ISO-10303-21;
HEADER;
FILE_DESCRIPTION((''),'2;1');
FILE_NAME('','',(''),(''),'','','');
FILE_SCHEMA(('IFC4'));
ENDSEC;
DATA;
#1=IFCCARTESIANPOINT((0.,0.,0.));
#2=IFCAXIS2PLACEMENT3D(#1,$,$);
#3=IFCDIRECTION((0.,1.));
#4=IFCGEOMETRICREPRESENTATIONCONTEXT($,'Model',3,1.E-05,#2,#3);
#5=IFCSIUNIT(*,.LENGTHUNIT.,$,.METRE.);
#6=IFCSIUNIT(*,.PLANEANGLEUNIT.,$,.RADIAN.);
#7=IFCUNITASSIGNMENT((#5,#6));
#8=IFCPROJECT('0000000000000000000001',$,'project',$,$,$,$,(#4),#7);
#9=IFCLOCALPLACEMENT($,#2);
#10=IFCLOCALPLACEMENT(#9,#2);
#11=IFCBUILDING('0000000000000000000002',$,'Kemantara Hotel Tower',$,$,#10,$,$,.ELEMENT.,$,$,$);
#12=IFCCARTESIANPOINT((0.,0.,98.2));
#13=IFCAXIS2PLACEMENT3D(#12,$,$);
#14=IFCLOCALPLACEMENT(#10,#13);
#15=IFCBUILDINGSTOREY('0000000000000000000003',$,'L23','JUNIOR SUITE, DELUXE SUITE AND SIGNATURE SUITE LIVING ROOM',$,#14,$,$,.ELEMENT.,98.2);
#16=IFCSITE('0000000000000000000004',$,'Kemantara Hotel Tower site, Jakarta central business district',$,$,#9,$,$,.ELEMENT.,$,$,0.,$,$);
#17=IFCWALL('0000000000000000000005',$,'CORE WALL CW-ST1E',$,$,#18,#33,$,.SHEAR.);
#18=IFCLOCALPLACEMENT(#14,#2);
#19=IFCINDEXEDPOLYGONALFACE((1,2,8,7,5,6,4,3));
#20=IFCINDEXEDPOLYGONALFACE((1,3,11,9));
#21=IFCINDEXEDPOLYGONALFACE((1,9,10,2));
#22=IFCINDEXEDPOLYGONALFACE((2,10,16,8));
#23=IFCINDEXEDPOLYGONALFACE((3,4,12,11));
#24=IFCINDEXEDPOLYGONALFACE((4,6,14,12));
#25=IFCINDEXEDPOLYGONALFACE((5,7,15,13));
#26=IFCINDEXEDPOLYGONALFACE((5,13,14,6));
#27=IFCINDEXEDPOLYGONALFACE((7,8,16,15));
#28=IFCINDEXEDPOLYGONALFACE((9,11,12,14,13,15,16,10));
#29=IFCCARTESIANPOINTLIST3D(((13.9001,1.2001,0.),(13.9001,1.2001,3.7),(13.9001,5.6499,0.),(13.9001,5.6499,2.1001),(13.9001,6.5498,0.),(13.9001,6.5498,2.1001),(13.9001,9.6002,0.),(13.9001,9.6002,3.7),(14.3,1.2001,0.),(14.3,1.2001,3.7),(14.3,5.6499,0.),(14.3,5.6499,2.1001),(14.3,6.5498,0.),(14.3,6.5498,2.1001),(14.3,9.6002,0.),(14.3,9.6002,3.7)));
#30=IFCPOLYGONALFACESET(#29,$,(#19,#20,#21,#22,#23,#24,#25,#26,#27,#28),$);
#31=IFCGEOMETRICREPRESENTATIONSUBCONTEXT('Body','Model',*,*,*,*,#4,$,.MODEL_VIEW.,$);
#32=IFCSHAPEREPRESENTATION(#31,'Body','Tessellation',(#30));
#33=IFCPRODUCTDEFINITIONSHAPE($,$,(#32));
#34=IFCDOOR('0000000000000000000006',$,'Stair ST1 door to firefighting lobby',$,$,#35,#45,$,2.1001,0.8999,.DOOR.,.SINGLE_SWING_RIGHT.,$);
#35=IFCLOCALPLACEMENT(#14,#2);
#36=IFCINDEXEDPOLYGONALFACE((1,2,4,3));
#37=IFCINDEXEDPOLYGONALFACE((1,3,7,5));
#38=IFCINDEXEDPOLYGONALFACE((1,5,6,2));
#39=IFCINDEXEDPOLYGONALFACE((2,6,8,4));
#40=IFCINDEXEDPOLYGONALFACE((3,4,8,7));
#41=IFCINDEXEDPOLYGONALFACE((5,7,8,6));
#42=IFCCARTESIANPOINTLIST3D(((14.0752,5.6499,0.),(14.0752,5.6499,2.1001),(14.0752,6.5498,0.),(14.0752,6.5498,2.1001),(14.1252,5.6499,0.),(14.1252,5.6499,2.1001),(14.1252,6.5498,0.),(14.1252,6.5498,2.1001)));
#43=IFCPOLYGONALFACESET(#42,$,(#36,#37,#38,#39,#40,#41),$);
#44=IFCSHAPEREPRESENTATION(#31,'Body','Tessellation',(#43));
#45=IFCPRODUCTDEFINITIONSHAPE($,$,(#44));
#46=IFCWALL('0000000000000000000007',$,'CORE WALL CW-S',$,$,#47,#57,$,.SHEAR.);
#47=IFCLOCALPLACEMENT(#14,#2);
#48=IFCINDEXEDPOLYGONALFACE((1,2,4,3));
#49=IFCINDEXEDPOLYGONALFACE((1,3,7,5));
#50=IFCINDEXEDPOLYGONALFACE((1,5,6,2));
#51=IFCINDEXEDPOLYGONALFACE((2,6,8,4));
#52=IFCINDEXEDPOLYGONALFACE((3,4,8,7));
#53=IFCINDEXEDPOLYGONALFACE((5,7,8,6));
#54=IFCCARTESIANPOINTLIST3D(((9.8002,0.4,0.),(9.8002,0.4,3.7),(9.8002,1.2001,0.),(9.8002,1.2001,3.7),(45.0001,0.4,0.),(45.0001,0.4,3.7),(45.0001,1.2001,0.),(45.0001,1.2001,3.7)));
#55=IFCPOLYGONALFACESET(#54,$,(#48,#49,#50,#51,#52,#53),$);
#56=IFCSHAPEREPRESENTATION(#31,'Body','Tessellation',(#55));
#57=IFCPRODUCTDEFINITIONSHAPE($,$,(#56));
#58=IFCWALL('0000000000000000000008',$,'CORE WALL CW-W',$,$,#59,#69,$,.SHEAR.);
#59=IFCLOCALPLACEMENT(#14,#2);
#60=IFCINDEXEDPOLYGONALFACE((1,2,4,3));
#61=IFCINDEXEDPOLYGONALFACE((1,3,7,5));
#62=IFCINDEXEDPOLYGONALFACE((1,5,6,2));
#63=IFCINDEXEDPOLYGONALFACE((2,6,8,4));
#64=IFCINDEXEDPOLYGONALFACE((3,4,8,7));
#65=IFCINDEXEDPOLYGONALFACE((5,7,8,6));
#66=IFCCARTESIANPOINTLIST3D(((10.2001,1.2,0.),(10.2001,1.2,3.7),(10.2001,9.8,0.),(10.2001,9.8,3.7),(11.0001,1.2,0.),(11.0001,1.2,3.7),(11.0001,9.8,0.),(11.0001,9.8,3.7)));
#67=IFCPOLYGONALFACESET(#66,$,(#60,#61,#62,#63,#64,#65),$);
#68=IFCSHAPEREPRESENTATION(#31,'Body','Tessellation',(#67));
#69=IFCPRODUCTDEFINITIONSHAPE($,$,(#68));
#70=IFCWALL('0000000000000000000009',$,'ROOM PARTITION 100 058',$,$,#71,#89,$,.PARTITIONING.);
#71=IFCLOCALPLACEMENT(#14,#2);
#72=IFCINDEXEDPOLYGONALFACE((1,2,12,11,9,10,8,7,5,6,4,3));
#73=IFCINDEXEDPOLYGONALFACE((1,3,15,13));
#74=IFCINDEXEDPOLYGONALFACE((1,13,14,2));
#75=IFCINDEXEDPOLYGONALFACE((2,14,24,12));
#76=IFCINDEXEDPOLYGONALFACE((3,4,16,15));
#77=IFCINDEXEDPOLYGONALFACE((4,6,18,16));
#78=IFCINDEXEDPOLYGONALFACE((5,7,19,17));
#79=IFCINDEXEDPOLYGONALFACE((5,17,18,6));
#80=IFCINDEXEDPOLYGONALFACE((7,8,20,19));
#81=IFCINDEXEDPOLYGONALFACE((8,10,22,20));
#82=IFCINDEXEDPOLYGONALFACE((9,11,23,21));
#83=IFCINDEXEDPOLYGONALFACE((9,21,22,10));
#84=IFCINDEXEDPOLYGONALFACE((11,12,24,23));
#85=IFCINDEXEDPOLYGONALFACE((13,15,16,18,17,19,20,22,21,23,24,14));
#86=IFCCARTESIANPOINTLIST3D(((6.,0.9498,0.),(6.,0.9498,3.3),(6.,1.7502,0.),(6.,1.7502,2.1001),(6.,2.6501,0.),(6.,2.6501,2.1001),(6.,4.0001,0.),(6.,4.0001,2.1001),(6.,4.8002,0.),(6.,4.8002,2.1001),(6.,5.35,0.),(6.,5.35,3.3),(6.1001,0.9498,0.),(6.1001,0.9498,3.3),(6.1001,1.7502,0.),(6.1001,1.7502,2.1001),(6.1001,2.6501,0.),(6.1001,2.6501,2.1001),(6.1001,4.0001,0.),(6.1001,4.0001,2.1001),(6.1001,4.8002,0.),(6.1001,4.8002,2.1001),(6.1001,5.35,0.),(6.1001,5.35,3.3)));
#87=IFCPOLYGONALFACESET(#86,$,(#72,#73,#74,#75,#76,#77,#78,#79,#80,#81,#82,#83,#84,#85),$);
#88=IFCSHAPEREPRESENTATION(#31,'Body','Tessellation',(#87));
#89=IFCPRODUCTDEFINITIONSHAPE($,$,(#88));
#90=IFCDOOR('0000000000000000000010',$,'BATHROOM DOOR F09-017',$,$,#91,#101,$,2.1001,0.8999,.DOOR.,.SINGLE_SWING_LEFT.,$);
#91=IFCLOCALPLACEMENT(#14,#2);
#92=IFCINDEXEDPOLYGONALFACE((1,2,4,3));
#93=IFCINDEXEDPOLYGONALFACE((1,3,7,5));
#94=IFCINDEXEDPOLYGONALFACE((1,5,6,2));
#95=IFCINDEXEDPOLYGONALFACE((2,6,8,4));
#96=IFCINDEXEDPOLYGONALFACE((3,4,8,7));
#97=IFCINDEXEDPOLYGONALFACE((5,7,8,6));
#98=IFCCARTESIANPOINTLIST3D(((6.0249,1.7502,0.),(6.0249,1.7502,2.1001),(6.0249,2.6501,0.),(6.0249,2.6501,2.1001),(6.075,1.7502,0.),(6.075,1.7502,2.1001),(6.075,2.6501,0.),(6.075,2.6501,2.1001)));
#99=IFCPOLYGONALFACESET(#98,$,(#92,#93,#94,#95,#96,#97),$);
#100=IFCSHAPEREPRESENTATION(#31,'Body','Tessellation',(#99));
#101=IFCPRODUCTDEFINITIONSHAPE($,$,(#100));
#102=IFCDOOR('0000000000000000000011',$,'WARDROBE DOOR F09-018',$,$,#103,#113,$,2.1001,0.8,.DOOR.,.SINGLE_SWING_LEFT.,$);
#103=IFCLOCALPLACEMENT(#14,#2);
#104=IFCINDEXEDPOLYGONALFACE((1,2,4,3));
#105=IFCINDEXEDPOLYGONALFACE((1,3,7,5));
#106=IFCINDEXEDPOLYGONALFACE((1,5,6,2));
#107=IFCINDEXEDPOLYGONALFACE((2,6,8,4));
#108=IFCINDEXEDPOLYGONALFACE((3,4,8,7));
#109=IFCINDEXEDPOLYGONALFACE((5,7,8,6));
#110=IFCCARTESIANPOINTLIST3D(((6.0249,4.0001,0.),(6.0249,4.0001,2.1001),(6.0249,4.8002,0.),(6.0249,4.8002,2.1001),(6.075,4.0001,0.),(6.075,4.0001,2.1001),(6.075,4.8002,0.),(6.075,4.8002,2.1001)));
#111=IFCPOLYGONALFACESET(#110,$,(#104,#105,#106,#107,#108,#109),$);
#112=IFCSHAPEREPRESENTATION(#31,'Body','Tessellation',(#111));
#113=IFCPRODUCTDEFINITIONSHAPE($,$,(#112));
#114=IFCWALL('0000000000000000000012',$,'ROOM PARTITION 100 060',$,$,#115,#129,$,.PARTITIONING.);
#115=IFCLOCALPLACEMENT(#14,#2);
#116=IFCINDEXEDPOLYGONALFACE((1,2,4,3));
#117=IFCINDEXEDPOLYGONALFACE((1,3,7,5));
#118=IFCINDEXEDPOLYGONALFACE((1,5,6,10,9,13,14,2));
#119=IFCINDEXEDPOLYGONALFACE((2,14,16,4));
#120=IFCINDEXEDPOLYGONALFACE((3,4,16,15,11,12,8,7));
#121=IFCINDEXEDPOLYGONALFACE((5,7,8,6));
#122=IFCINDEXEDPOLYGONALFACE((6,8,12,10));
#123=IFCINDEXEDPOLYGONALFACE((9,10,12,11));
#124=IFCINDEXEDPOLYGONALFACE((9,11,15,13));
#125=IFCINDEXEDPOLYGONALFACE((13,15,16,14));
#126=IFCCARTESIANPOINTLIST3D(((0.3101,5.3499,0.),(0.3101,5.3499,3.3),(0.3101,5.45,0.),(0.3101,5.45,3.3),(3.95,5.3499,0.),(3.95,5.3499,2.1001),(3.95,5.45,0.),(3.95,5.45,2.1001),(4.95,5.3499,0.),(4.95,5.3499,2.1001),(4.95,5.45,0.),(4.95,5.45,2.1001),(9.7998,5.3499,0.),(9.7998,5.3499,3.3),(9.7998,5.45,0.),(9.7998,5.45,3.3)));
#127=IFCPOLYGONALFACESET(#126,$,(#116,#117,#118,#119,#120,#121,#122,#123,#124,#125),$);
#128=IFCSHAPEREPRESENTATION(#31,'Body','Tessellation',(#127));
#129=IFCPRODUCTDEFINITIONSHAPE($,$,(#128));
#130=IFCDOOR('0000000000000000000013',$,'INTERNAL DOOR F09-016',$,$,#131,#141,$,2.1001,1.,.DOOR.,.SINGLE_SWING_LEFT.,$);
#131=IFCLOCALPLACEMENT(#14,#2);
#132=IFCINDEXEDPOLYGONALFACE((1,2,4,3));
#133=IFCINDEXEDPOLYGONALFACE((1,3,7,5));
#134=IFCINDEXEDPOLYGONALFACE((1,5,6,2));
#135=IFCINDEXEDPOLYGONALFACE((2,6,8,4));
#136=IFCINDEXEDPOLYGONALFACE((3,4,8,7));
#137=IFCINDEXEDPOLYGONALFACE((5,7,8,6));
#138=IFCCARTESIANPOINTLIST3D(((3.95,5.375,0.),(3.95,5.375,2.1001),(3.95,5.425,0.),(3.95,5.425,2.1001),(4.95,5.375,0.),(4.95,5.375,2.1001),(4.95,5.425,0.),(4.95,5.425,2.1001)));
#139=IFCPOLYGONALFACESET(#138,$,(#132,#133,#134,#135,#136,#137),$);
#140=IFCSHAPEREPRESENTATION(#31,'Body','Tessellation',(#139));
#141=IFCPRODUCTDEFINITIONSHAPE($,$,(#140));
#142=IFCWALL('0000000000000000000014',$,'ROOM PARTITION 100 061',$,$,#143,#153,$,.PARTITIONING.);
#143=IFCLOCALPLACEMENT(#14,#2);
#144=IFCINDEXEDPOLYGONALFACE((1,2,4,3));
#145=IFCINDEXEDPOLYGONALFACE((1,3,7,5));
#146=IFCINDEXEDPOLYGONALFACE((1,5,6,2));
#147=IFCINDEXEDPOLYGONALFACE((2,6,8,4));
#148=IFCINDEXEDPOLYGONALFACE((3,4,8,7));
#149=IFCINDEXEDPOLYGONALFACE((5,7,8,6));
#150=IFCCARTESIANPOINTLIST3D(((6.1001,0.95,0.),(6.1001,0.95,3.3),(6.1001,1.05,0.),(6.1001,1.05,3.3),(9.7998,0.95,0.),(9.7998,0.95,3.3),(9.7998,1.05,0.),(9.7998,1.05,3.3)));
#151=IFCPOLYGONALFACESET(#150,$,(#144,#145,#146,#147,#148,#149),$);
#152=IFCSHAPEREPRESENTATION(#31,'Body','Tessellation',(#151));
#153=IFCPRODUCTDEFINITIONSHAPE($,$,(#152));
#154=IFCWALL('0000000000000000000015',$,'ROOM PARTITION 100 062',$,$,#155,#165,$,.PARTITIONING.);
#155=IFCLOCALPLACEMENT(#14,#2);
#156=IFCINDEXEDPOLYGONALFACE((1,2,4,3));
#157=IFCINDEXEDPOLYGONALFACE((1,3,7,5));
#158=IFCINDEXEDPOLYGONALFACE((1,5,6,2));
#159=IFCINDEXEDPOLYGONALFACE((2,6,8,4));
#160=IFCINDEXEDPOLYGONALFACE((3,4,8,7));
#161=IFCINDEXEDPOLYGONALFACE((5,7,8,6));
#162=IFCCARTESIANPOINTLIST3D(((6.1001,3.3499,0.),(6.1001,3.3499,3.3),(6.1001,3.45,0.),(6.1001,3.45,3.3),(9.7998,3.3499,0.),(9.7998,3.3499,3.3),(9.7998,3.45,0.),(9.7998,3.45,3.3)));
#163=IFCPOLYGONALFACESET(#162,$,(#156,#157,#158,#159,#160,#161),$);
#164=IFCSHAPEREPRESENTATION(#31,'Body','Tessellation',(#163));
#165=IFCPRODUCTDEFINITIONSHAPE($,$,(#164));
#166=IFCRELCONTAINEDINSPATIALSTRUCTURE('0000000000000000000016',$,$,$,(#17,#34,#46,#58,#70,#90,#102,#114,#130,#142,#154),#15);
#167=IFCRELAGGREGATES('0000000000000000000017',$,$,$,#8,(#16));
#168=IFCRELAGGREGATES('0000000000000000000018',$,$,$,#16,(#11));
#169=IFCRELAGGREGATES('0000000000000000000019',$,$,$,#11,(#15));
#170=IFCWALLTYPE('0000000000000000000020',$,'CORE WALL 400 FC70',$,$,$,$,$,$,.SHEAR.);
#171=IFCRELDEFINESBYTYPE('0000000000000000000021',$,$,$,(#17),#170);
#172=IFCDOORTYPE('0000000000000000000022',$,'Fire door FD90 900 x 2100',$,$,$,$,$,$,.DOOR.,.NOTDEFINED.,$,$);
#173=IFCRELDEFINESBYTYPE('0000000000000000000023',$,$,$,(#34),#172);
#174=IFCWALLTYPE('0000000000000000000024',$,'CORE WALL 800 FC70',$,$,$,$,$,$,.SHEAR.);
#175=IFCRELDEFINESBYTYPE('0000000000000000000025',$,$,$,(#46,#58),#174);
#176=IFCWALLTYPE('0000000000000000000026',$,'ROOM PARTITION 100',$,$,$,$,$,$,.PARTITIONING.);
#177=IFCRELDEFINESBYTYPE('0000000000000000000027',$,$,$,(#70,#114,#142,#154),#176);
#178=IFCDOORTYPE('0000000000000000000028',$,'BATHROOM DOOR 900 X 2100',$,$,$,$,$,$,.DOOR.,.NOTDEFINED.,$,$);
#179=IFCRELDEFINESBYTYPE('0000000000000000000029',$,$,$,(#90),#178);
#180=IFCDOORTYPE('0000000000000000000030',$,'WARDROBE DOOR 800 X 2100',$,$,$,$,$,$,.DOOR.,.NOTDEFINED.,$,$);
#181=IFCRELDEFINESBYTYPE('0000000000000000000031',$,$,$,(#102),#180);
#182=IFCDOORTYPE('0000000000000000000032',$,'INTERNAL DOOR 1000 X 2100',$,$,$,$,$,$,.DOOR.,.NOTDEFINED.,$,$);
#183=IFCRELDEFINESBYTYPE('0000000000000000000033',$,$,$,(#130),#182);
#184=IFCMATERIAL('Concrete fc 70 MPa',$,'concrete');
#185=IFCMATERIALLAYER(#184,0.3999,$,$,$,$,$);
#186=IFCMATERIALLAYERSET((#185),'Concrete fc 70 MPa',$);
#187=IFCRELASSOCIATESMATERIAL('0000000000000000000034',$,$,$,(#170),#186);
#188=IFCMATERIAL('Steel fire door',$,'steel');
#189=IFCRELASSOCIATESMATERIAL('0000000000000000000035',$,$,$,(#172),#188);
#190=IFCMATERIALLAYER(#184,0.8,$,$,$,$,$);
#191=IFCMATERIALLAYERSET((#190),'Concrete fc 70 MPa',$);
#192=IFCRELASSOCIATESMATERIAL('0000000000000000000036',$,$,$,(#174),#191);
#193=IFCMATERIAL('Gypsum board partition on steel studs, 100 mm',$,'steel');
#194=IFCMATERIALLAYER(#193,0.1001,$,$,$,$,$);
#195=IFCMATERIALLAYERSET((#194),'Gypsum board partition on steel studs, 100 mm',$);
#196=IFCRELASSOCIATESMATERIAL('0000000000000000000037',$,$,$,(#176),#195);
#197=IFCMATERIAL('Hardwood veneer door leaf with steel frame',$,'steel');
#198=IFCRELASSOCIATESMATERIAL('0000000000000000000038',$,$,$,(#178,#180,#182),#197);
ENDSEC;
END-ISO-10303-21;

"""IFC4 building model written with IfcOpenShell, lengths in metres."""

from ifc_helpers import new_model, si_unit, direction, frame, frame_2d, origin, place, context, subcontext, project, spatial, rectangle, extrude, material, layer, layer_set, type_object, element, fill, save


model = new_model("IFC4")

# Units and contexts
model_context = context("Model", 3, precision=1e-05, world=origin(), true_north=direction((0.0, 1.0)))
body_context = subcontext(model_context, "Body", "Model", "MODEL_VIEW")
ifc_project = project(units=[si_unit("LENGTHUNIT", "METRE"), si_unit("PLANEANGLEUNIT", "RADIAN")], contexts=[model_context])

# Site, building, storey
site_placement = place(None, origin())
site = spatial("IfcSite", under=ifc_project, at=site_placement, Name="Kemantara Hotel Tower site, Jakarta central business district", CompositionType="ELEMENT", RefElevation=0.0)
building_placement = place(site_placement, origin())
building = spatial("IfcBuilding", under=site, at=building_placement, Name="Kemantara Hotel Tower", CompositionType="ELEMENT")
storey_placement = place(building_placement, frame((0.0, 0.0, 98.2)))
storey = spatial("IfcBuildingStorey", under=building, at=storey_placement, Name="L23", Description="JUNIOR SUITE, DELUXE SUITE AND SIGNATURE SUITE LIVING ROOM", CompositionType="ELEMENT", Elevation=98.2)

# Shared definitions
ifc_material_1 = material(Name="Concrete fc 70 MPa", Category="concrete")
ifc_layer_1 = layer(ifc_material_1, 0.3999)
ifc_layer_set_1 = layer_set([ifc_layer_1], Name="Concrete fc 70 MPa")
wall_type_1 = type_object("IfcWallType", Name="CORE WALL 400 FC70", PredefinedType="SHEAR", material=ifc_layer_set_1)

# Wall, opening, door
wall_1_placement = place(storey_placement, frame((14.1001, 1.2, 0.0), z_axis=(0.0, 0.0, 1.0), x_axis=(0.0, 1.0, 0.0)))
wall_1 = element("IfcWall", 1, at=wall_1_placement, inside=storey, type_object=wall_type_1, Name="CORE WALL CW-ST1E", PredefinedType="SHEAR", context=body_context, shape_type="SweptSolid", body=[
    extrude(rectangle(XDim=8.4001, YDim=0.3999, at=frame_2d((4.2002, 0.0))), origin(), (0.0, 0.0, 1.0), 3.7),
])
opening_1_placement = place(wall_1_placement, frame((4.45, 0.0, 0.0)))
opening_1 = element("IfcOpeningElement", 2, at=opening_1_placement, cuts=wall_1, PredefinedType="OPENING", context=body_context, shape_type="SweptSolid", body=[
    extrude(rectangle(XDim=0.8999, YDim=2.1001, at=frame_2d((0.45, 1.05))), frame((0.0, 0.21, 0.0), z_axis=(0.0, -1.0, 0.0), x_axis=(1.0, 0.0, 0.0)), (0.0, 0.0, 1.0), 0.4199),
])
ifc_material_2 = material(Name="Steel fire door", Category="steel")
door_type_1 = type_object("IfcDoorType", Name="Fire door FD90 900 x 2100", OperationType="NOTDEFINED", PredefinedType="DOOR", material=ifc_material_2)
door_1_placement = place(opening_1_placement, origin())
door_1 = element("IfcDoor", 3, at=door_1_placement, inside=storey, type_object=door_type_1, Name="Stair ST1 door to firefighting lobby", OperationType="SINGLE_SWING_RIGHT", OverallHeight=2.1001, OverallWidth=0.8999, PredefinedType="DOOR", context=body_context, shape_type="SweptSolid", body=[
    extrude(rectangle(XDim=0.8999, YDim=2.1001, at=frame_2d((0.45, 1.05))), frame((0.0, 0.0249, 0.0), z_axis=(0.0, -1.0, 0.0), x_axis=(1.0, 0.0, 0.0)), (0.0, 0.0, 1.0), 0.05),
])
fill(opening_1, door_1)

# Walls
ifc_layer_2 = layer(ifc_material_1, 0.8)
ifc_layer_set_2 = layer_set([ifc_layer_2], Name="Concrete fc 70 MPa")
wall_type_2 = type_object("IfcWallType", Name="CORE WALL 800 FC70", PredefinedType="SHEAR", material=ifc_layer_set_2)
wall_2_placement = place(storey_placement, frame((9.8, 0.8, 0.0), z_axis=(0.0, 0.0, 1.0), x_axis=(1.0, 0.0, 0.0)))
element("IfcWall", 4, at=wall_2_placement, inside=storey, type_object=wall_type_2, Name="CORE WALL CW-S", PredefinedType="SHEAR", context=body_context, shape_type="SweptSolid", body=[
    extrude(rectangle(XDim=35.2, YDim=0.8, at=frame_2d((17.6001, 0.0))), origin(), (0.0, 0.0, 1.0), 3.7),
])
wall_3_placement = place(storey_placement, frame((10.6001, 1.2, 0.0), z_axis=(0.0, 0.0, 1.0), x_axis=(0.0, 1.0, 0.0)))
element("IfcWall", 5, at=wall_3_placement, inside=storey, type_object=wall_type_2, Name="CORE WALL CW-W", PredefinedType="SHEAR", context=body_context, shape_type="SweptSolid", body=[
    extrude(rectangle(XDim=8.6001, YDim=0.8, at=frame_2d((4.3, 0.0))), origin(), (0.0, 0.0, 1.0), 3.7),
])

# Wall, openings, doors
ifc_material_3 = material(Name="Gypsum board partition on steel studs, 100 mm", Category="steel")
ifc_layer_3 = layer(ifc_material_3, 0.1001)
ifc_layer_set_3 = layer_set([ifc_layer_3], Name="Gypsum board partition on steel studs, 100 mm")
wall_type_3 = type_object("IfcWallType", Name="ROOM PARTITION 100", PredefinedType="PARTITIONING", material=ifc_layer_set_3)
wall_4_placement = place(storey_placement, frame((6.05, 5.3501, 0.0), z_axis=(0.0, 0.0, 1.0), x_axis=(0.0, -1.0, 0.0)))
wall_4 = element("IfcWall", 6, at=wall_4_placement, inside=storey, type_object=wall_type_3, Name="ROOM PARTITION 100 058", PredefinedType="PARTITIONING", context=body_context, shape_type="SweptSolid", body=[
    extrude(rectangle(XDim=4.4001, YDim=0.1001, at=frame_2d((2.2002, 0.0))), origin(), (0.0, 0.0, 1.0), 3.3),
])
opening_2_placement = place(wall_4_placement, frame((2.7, 0.0, 0.0)))
opening_2 = element("IfcOpeningElement", 7, at=opening_2_placement, cuts=wall_4, PredefinedType="OPENING", context=body_context, shape_type="SweptSolid", body=[
    extrude(rectangle(XDim=0.8999, YDim=2.1001, at=frame_2d((0.45, 1.05))), frame((0.0, 0.0601, 0.0), z_axis=(0.0, -1.0, 0.0), x_axis=(1.0, 0.0, 0.0)), (0.0, 0.0, 1.0), 0.1201),
])
opening_3_placement = place(wall_4_placement, frame((0.55, 0.0, 0.0)))
opening_3 = element("IfcOpeningElement", 8, at=opening_3_placement, cuts=wall_4, PredefinedType="OPENING", context=body_context, shape_type="SweptSolid", body=[
    extrude(rectangle(XDim=0.8, YDim=2.1001, at=frame_2d((0.3999, 1.05))), frame((0.0, 0.0601, 0.0), z_axis=(0.0, -1.0, 0.0), x_axis=(1.0, 0.0, 0.0)), (0.0, 0.0, 1.0), 0.1201),
])
ifc_material_4 = material(Name="Hardwood veneer door leaf with steel frame", Category="steel")
door_type_2 = type_object("IfcDoorType", Name="BATHROOM DOOR 900 X 2100", OperationType="NOTDEFINED", PredefinedType="DOOR", material=ifc_material_4)
door_2_placement = place(opening_2_placement, origin())
door_2 = element("IfcDoor", 9, at=door_2_placement, inside=storey, type_object=door_type_2, Name="BATHROOM DOOR F09-017", OperationType="SINGLE_SWING_LEFT", OverallHeight=2.1001, OverallWidth=0.8999, PredefinedType="DOOR", context=body_context, shape_type="SweptSolid", body=[
    extrude(rectangle(XDim=0.8999, YDim=2.1001, at=frame_2d((0.45, 1.05))), frame((0.0, 0.0249, 0.0), z_axis=(0.0, -1.0, 0.0), x_axis=(1.0, 0.0, 0.0)), (0.0, 0.0, 1.0), 0.05),
])
fill(opening_2, door_2)
door_type_3 = type_object("IfcDoorType", Name="WARDROBE DOOR 800 X 2100", OperationType="NOTDEFINED", PredefinedType="DOOR", material=ifc_material_4)
door_3_placement = place(opening_3_placement, origin())
door_3 = element("IfcDoor", 10, at=door_3_placement, inside=storey, type_object=door_type_3, Name="WARDROBE DOOR F09-018", OperationType="SINGLE_SWING_LEFT", OverallHeight=2.1001, OverallWidth=0.8, PredefinedType="DOOR", context=body_context, shape_type="SweptSolid", body=[
    extrude(rectangle(XDim=0.8, YDim=2.1001, at=frame_2d((0.3999, 1.05))), frame((0.0, 0.0249, 0.0), z_axis=(0.0, -1.0, 0.0), x_axis=(1.0, 0.0, 0.0)), (0.0, 0.0, 1.0), 0.05),
])
fill(opening_3, door_3)

# Wall, opening, door
wall_5_placement = place(storey_placement, frame((9.7998, 5.3999, 0.0), z_axis=(0.0, 0.0, 1.0), x_axis=(-1.0, 0.0, 0.0)))
wall_5 = element("IfcWall", 11, at=wall_5_placement, inside=storey, type_object=wall_type_3, Name="ROOM PARTITION 100 060", PredefinedType="PARTITIONING", context=body_context, shape_type="SweptSolid", body=[
    extrude(rectangle(XDim=9.4897, YDim=0.1001, at=frame_2d((4.7449, 0.0))), origin(), (0.0, 0.0, 1.0), 3.3),
])
opening_4_placement = place(wall_5_placement, frame((4.8499, 0.0, 0.0)))
opening_4 = element("IfcOpeningElement", 12, at=opening_4_placement, cuts=wall_5, PredefinedType="OPENING", context=body_context, shape_type="SweptSolid", body=[
    extrude(rectangle(XDim=1.0, YDim=2.1001, at=frame_2d((0.5, 1.05))), frame((0.0, 0.0601, 0.0), z_axis=(0.0, -1.0, 0.0), x_axis=(1.0, 0.0, 0.0)), (0.0, 0.0, 1.0), 0.1201),
])
door_type_4 = type_object("IfcDoorType", Name="INTERNAL DOOR 1000 X 2100", OperationType="NOTDEFINED", PredefinedType="DOOR", material=ifc_material_4)
door_4_placement = place(opening_4_placement, origin())
door_4 = element("IfcDoor", 13, at=door_4_placement, inside=storey, type_object=door_type_4, Name="INTERNAL DOOR F09-016", OperationType="SINGLE_SWING_LEFT", OverallHeight=2.1001, OverallWidth=1.0, PredefinedType="DOOR", context=body_context, shape_type="SweptSolid", body=[
    extrude(rectangle(XDim=1.0, YDim=2.1001, at=frame_2d((0.5, 1.05))), frame((0.0, 0.0249, 0.0), z_axis=(0.0, -1.0, 0.0), x_axis=(1.0, 0.0, 0.0)), (0.0, 0.0, 1.0), 0.05),
])
fill(opening_4, door_4)

# Walls
for number, where, z_axis, x_axis, name in (
    (14, (6.1001, 1.0, 0.0), (0.0, 0.0, 1.0), (1.0, 0.0, 0.0), "ROOM PARTITION 100 061"),
    (15, (6.1001, 3.3999, 0.0), (0.0, 0.0, 1.0), (1.0, 0.0, 0.0), "ROOM PARTITION 100 062"),
):
    element("IfcWall", number, at=place(storey_placement, frame(where, z_axis=z_axis, x_axis=x_axis)), inside=storey, type_object=wall_type_3, Name=name, PredefinedType="PARTITIONING", context=body_context, shape_type="SweptSolid", body=[
        extrude(rectangle(XDim=3.6997, YDim=0.1001, at=frame_2d((1.8499, 0.0))), origin(), (0.0, 0.0, 1.0), 3.3),
    ])

save(model, "model.ifc")
